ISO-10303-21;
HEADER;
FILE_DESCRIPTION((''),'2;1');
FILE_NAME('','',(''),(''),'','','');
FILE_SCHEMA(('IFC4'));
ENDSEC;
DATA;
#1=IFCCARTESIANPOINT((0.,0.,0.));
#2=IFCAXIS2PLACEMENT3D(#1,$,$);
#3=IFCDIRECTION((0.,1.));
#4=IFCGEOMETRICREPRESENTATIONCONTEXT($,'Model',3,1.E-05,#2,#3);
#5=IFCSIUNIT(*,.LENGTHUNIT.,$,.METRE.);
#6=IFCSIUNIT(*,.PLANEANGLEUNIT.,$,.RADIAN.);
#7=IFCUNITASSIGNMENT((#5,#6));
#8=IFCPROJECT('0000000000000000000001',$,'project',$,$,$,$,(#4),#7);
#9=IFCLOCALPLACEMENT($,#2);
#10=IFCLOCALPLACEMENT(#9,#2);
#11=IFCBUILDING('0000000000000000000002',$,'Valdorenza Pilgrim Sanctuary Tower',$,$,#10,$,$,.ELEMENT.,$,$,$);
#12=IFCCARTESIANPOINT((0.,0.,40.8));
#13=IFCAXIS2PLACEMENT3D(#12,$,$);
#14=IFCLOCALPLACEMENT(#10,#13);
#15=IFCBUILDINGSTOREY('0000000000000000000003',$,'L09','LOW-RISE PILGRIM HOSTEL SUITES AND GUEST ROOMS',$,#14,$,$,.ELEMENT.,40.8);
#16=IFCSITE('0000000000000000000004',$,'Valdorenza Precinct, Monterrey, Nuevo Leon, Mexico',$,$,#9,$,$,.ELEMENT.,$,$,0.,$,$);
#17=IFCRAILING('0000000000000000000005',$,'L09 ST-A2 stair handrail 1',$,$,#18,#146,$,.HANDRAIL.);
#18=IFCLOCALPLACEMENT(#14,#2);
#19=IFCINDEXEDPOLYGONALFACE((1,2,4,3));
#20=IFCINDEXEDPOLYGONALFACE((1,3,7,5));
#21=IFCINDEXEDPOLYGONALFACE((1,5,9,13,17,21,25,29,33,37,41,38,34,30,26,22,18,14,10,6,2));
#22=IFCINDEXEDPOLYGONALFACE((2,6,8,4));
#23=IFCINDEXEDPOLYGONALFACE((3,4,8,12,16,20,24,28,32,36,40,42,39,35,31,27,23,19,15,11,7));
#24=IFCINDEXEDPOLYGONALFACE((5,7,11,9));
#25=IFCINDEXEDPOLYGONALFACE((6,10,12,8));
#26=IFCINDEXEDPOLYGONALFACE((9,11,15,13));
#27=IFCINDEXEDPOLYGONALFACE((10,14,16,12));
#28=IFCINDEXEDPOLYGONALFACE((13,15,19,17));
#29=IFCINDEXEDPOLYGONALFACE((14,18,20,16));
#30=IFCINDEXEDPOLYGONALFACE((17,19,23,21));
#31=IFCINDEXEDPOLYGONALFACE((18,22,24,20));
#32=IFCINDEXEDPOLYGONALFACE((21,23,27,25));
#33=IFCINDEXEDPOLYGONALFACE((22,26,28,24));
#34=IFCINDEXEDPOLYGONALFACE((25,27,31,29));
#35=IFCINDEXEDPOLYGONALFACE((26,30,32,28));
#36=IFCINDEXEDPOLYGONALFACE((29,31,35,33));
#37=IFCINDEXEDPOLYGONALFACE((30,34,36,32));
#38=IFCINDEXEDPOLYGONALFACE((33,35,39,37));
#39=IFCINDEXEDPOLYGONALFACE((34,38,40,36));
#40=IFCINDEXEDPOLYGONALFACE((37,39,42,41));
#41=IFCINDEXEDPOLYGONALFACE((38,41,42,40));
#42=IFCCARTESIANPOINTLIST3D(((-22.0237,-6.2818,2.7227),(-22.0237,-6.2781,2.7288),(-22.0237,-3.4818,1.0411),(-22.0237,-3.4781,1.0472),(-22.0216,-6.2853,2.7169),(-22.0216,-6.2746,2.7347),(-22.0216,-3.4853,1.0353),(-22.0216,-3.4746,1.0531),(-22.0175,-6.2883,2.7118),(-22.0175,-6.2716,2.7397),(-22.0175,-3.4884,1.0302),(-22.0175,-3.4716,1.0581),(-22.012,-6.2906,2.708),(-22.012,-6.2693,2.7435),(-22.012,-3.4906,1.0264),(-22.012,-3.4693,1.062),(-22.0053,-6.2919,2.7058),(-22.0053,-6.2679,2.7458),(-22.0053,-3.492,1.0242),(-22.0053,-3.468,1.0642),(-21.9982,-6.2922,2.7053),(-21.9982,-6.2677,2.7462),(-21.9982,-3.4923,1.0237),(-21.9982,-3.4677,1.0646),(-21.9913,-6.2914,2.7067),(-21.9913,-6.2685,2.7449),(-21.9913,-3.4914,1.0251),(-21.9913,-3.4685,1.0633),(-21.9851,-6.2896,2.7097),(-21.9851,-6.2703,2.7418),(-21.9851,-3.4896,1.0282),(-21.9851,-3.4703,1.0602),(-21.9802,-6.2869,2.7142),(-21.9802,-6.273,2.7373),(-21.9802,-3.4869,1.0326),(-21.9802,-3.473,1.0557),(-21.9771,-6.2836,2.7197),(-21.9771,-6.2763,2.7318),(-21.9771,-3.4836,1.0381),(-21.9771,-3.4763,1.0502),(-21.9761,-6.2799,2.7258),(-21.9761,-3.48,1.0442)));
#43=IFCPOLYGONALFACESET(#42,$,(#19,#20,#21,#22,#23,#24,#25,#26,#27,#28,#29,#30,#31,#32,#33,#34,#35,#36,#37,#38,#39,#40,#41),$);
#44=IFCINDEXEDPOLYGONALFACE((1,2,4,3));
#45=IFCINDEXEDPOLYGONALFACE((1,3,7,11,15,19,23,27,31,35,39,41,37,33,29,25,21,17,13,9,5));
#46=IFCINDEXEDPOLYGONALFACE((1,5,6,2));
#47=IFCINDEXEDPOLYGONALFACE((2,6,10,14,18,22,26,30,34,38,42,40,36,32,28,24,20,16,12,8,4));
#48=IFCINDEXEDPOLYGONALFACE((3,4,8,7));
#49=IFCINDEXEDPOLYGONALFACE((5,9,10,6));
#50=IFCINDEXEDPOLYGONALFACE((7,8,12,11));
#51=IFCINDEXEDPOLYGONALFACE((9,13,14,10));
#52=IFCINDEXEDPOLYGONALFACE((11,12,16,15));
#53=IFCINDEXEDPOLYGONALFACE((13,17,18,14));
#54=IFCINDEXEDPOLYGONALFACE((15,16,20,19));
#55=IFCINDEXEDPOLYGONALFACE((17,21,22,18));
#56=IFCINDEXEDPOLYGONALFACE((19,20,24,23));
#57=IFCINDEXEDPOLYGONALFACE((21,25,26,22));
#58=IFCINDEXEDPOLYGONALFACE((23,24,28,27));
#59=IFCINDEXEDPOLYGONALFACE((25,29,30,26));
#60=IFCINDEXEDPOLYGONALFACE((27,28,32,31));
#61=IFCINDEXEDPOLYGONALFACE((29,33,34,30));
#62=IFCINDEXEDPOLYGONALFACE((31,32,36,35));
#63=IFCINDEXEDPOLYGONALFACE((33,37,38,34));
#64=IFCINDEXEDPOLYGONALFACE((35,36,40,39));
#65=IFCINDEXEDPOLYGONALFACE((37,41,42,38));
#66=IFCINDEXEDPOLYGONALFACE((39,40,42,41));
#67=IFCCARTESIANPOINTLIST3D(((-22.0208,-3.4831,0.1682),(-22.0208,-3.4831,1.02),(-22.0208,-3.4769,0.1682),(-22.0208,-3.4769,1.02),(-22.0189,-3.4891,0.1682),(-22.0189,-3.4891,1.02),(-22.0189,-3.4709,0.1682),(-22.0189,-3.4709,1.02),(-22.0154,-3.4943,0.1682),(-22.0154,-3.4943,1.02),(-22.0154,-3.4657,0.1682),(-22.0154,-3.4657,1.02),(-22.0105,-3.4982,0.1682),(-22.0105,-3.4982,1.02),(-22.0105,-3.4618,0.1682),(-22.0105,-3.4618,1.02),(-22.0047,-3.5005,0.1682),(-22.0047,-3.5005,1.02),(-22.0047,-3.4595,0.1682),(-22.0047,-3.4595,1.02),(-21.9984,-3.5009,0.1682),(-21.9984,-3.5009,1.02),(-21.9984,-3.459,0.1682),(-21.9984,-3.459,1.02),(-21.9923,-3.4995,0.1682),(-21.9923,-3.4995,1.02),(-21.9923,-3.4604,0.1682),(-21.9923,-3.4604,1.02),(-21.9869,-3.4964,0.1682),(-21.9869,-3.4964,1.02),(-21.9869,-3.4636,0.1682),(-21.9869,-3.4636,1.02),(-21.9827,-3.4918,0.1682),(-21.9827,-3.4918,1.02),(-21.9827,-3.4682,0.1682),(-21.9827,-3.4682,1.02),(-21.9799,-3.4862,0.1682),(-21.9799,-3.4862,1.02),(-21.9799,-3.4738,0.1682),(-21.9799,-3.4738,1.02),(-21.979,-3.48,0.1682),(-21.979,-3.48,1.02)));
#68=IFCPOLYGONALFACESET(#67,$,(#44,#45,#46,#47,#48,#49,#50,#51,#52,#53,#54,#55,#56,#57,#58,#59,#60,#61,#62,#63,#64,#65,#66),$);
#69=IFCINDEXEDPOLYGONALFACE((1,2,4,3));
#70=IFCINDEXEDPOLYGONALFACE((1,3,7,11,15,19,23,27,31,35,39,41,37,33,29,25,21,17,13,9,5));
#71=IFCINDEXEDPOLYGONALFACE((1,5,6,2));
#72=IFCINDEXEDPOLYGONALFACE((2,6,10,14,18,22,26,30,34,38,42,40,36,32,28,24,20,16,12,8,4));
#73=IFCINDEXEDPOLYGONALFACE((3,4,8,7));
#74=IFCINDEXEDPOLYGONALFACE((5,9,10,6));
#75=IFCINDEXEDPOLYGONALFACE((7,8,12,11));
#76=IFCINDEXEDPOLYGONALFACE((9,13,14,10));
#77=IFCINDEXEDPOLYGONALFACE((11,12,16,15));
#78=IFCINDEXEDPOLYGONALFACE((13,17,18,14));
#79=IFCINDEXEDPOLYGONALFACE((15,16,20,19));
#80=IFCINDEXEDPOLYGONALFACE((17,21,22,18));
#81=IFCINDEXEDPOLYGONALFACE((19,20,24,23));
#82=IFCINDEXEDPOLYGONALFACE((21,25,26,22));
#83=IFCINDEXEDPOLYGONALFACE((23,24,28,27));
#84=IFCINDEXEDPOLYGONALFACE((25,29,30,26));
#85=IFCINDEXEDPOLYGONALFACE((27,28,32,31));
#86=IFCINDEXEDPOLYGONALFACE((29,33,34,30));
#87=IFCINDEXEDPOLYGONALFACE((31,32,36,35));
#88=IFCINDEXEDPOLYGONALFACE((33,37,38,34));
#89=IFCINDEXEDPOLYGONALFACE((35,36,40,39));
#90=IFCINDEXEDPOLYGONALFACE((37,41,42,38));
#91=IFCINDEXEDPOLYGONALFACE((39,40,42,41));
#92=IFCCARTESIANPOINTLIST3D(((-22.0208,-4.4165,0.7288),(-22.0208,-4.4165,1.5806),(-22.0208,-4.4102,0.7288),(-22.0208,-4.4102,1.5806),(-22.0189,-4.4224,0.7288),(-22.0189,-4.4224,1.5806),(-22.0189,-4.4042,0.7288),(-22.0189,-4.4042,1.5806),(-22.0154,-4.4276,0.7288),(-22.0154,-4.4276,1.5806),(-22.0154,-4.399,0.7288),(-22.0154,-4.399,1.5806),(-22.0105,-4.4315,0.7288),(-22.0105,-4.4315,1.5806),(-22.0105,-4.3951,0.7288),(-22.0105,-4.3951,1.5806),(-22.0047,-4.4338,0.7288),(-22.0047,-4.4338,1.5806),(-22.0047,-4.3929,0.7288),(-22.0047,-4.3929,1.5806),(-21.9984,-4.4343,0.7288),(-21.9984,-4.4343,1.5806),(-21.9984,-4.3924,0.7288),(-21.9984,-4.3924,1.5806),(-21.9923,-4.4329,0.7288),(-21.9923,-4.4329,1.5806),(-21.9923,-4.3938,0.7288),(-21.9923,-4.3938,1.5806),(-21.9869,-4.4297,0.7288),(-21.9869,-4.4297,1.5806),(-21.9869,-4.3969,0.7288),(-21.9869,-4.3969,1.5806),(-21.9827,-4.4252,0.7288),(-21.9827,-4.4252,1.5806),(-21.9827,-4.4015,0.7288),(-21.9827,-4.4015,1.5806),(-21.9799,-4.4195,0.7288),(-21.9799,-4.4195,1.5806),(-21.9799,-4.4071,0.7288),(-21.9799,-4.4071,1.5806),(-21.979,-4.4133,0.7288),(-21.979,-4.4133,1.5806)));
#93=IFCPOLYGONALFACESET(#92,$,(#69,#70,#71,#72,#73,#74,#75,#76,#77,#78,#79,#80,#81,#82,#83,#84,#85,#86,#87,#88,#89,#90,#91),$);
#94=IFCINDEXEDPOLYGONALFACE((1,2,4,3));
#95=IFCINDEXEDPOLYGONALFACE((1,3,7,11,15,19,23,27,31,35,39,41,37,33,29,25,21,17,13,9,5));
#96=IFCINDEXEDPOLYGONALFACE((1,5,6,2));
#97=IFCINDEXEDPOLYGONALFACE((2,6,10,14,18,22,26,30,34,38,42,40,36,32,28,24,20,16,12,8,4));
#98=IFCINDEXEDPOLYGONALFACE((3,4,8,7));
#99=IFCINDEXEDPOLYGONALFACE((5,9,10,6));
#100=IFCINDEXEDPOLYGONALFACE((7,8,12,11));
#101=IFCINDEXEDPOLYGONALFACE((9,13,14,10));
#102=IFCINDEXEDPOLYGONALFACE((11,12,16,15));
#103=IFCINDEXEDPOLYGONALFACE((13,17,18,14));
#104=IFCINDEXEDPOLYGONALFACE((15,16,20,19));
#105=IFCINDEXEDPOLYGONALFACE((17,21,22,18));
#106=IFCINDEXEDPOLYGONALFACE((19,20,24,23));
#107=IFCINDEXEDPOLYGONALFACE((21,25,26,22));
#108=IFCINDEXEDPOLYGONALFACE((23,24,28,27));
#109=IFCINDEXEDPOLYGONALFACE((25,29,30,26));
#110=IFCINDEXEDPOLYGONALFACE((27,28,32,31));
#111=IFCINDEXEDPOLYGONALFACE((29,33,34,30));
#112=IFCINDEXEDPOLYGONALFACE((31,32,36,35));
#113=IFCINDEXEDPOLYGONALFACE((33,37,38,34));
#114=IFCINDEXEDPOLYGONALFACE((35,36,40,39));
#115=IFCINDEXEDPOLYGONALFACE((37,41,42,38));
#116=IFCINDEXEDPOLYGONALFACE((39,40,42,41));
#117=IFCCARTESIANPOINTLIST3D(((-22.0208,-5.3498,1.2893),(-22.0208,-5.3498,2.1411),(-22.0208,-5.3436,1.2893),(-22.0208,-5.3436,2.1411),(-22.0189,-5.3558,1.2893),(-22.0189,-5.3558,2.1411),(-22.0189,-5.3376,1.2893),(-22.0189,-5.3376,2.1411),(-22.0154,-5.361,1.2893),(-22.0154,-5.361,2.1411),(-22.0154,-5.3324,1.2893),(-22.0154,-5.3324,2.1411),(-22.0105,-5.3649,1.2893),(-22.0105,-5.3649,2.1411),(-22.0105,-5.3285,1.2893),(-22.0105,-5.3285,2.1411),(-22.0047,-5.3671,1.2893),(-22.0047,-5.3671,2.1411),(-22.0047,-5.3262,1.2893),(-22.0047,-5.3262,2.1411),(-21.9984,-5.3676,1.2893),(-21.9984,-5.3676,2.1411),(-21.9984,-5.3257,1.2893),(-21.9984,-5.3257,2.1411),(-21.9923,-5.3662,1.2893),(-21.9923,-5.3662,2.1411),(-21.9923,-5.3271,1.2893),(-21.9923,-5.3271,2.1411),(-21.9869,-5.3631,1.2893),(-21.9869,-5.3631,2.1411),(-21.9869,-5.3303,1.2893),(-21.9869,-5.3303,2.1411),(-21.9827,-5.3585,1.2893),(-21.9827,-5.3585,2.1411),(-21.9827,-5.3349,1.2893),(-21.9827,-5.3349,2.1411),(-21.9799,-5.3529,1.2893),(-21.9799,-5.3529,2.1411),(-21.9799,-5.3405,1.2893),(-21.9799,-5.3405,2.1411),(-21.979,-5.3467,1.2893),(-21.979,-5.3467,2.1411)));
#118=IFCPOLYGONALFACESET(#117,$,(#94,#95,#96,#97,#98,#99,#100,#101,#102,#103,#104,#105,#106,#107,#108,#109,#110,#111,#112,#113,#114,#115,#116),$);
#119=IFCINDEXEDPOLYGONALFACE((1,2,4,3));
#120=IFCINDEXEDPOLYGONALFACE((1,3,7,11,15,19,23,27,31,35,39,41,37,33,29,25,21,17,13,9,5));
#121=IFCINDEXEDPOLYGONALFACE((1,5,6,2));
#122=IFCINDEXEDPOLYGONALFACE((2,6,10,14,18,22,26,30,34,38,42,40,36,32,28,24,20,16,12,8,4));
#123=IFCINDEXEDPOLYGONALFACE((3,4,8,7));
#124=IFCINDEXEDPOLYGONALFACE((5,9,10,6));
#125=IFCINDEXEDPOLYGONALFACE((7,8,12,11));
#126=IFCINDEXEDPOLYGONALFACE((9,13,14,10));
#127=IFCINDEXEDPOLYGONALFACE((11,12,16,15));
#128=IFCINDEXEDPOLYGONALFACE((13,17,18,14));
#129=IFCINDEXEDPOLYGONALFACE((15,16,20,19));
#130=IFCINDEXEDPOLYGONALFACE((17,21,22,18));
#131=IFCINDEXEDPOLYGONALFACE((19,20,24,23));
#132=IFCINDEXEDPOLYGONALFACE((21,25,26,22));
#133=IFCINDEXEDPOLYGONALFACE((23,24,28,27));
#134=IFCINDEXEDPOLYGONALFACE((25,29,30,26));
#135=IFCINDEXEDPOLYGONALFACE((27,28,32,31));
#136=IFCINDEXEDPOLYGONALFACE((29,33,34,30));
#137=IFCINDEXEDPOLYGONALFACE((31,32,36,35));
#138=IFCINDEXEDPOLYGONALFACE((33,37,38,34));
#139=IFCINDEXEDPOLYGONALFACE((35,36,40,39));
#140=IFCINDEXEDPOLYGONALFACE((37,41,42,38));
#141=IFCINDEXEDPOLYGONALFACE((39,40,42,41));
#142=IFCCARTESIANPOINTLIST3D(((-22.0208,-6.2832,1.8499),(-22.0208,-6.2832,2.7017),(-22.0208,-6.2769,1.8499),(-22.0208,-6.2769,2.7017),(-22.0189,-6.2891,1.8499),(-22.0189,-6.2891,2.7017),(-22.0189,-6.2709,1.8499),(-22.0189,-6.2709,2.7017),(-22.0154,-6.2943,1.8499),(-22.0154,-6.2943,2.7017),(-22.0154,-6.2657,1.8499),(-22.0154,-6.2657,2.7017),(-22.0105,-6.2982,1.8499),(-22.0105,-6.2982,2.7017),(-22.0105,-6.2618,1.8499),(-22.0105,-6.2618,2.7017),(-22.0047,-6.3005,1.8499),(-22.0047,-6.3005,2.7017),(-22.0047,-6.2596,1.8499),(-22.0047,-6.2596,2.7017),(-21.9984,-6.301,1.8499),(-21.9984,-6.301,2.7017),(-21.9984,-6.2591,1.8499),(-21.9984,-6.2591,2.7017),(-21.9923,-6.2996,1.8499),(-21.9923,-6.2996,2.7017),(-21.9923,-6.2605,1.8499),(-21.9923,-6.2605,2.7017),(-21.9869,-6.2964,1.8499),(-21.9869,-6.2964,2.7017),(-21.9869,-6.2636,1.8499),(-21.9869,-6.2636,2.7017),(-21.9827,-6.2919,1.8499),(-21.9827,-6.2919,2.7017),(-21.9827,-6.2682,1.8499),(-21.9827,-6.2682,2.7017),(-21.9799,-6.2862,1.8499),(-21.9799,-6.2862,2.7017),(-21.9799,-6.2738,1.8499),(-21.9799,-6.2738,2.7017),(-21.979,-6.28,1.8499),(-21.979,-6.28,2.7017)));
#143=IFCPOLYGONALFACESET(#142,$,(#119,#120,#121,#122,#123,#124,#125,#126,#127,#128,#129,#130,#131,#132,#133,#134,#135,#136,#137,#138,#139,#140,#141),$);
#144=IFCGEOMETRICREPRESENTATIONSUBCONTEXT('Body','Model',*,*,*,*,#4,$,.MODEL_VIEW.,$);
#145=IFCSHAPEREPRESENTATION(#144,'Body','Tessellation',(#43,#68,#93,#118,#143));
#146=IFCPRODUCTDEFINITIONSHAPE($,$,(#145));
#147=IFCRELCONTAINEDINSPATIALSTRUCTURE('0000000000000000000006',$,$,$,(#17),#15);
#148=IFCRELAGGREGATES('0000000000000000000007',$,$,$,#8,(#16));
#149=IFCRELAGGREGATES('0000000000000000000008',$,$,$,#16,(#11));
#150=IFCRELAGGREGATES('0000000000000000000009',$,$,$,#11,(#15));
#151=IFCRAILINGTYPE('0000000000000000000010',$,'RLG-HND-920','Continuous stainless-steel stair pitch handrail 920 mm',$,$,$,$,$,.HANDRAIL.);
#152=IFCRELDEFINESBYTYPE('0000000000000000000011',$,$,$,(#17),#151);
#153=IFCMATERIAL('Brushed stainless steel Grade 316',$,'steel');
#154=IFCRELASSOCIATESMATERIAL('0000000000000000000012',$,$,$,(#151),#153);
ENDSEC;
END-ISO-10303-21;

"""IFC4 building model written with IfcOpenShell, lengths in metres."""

from ifc_helpers import new_model, si_unit, direction, frame, origin, origin_2d, place, context, subcontext, project, spatial, circle, extrude, material, type_object, element, save


model = new_model("IFC4")

# Units and contexts
model_context = context("Model", 3, precision=1e-05, world=origin(), true_north=direction((0.0, 1.0)))
body_context = subcontext(model_context, "Body", "Model", "MODEL_VIEW")
ifc_project = project(units=[si_unit("LENGTHUNIT", "METRE"), si_unit("PLANEANGLEUNIT", "RADIAN")], contexts=[model_context])

# Site, building, storey
site_placement = place(None, origin())
site = spatial("IfcSite", under=ifc_project, at=site_placement, Name="Valdorenza Precinct, Monterrey, Nuevo Leon, Mexico", CompositionType="ELEMENT", RefElevation=0.0)
building_placement = place(site_placement, origin())
building = spatial("IfcBuilding", under=site, at=building_placement, Name="Valdorenza Pilgrim Sanctuary Tower", CompositionType="ELEMENT")
storey_placement = place(building_placement, frame((0.0, 0.0, 40.8)))
storey = spatial("IfcBuildingStorey", under=building, at=storey_placement, Name="L09", Description="LOW-RISE PILGRIM HOSTEL SUITES AND GUEST ROOMS", CompositionType="ELEMENT", Elevation=40.8)

# Shared definitions
ifc_material_1 = material(Name="Brushed stainless steel Grade 316", Category="steel")

# Railing
railing_type_1 = type_object("IfcRailingType", Name="RLG-HND-920", Description="Continuous stainless-steel stair pitch handrail 920 mm", PredefinedType="HANDRAIL", material=ifc_material_1)
railing_1_placement = place(storey_placement, frame((-22.0, -3.48, 0.1682)))
element("IfcRailing", 1, at=railing_1_placement, inside=storey, type_object=railing_type_1, Name="L09 ST-A2 stair handrail 1", PredefinedType="HANDRAIL", context=body_context, shape_type="SweptSolid", body=[
    extrude(circle(Radius=0.0239, at=origin_2d()), frame((0.0, 0.0, 0.876), z_axis=(0.0, -0.857275, 0.514858), x_axis=(1.0, 0.0, 0.0)), (0.0, 0.0, 1.0), 3.2661),
    extrude(circle(Radius=0.021, at=origin_2d()), origin(), (0.0, 0.0, 1.0), 0.8518),
    extrude(circle(Radius=0.021, at=origin_2d()), frame((0.0, -0.9333, 0.5605)), (0.0, 0.0, 1.0), 0.8518),
    extrude(circle(Radius=0.021, at=origin_2d()), frame((0.0, -1.8667, 1.1211)), (0.0, 0.0, 1.0), 0.8518),
    extrude(circle(Radius=0.021, at=origin_2d()), frame((0.0, -2.8, 1.6816)), (0.0, 0.0, 1.0), 0.8518),
])

save(model, "model.ifc")
